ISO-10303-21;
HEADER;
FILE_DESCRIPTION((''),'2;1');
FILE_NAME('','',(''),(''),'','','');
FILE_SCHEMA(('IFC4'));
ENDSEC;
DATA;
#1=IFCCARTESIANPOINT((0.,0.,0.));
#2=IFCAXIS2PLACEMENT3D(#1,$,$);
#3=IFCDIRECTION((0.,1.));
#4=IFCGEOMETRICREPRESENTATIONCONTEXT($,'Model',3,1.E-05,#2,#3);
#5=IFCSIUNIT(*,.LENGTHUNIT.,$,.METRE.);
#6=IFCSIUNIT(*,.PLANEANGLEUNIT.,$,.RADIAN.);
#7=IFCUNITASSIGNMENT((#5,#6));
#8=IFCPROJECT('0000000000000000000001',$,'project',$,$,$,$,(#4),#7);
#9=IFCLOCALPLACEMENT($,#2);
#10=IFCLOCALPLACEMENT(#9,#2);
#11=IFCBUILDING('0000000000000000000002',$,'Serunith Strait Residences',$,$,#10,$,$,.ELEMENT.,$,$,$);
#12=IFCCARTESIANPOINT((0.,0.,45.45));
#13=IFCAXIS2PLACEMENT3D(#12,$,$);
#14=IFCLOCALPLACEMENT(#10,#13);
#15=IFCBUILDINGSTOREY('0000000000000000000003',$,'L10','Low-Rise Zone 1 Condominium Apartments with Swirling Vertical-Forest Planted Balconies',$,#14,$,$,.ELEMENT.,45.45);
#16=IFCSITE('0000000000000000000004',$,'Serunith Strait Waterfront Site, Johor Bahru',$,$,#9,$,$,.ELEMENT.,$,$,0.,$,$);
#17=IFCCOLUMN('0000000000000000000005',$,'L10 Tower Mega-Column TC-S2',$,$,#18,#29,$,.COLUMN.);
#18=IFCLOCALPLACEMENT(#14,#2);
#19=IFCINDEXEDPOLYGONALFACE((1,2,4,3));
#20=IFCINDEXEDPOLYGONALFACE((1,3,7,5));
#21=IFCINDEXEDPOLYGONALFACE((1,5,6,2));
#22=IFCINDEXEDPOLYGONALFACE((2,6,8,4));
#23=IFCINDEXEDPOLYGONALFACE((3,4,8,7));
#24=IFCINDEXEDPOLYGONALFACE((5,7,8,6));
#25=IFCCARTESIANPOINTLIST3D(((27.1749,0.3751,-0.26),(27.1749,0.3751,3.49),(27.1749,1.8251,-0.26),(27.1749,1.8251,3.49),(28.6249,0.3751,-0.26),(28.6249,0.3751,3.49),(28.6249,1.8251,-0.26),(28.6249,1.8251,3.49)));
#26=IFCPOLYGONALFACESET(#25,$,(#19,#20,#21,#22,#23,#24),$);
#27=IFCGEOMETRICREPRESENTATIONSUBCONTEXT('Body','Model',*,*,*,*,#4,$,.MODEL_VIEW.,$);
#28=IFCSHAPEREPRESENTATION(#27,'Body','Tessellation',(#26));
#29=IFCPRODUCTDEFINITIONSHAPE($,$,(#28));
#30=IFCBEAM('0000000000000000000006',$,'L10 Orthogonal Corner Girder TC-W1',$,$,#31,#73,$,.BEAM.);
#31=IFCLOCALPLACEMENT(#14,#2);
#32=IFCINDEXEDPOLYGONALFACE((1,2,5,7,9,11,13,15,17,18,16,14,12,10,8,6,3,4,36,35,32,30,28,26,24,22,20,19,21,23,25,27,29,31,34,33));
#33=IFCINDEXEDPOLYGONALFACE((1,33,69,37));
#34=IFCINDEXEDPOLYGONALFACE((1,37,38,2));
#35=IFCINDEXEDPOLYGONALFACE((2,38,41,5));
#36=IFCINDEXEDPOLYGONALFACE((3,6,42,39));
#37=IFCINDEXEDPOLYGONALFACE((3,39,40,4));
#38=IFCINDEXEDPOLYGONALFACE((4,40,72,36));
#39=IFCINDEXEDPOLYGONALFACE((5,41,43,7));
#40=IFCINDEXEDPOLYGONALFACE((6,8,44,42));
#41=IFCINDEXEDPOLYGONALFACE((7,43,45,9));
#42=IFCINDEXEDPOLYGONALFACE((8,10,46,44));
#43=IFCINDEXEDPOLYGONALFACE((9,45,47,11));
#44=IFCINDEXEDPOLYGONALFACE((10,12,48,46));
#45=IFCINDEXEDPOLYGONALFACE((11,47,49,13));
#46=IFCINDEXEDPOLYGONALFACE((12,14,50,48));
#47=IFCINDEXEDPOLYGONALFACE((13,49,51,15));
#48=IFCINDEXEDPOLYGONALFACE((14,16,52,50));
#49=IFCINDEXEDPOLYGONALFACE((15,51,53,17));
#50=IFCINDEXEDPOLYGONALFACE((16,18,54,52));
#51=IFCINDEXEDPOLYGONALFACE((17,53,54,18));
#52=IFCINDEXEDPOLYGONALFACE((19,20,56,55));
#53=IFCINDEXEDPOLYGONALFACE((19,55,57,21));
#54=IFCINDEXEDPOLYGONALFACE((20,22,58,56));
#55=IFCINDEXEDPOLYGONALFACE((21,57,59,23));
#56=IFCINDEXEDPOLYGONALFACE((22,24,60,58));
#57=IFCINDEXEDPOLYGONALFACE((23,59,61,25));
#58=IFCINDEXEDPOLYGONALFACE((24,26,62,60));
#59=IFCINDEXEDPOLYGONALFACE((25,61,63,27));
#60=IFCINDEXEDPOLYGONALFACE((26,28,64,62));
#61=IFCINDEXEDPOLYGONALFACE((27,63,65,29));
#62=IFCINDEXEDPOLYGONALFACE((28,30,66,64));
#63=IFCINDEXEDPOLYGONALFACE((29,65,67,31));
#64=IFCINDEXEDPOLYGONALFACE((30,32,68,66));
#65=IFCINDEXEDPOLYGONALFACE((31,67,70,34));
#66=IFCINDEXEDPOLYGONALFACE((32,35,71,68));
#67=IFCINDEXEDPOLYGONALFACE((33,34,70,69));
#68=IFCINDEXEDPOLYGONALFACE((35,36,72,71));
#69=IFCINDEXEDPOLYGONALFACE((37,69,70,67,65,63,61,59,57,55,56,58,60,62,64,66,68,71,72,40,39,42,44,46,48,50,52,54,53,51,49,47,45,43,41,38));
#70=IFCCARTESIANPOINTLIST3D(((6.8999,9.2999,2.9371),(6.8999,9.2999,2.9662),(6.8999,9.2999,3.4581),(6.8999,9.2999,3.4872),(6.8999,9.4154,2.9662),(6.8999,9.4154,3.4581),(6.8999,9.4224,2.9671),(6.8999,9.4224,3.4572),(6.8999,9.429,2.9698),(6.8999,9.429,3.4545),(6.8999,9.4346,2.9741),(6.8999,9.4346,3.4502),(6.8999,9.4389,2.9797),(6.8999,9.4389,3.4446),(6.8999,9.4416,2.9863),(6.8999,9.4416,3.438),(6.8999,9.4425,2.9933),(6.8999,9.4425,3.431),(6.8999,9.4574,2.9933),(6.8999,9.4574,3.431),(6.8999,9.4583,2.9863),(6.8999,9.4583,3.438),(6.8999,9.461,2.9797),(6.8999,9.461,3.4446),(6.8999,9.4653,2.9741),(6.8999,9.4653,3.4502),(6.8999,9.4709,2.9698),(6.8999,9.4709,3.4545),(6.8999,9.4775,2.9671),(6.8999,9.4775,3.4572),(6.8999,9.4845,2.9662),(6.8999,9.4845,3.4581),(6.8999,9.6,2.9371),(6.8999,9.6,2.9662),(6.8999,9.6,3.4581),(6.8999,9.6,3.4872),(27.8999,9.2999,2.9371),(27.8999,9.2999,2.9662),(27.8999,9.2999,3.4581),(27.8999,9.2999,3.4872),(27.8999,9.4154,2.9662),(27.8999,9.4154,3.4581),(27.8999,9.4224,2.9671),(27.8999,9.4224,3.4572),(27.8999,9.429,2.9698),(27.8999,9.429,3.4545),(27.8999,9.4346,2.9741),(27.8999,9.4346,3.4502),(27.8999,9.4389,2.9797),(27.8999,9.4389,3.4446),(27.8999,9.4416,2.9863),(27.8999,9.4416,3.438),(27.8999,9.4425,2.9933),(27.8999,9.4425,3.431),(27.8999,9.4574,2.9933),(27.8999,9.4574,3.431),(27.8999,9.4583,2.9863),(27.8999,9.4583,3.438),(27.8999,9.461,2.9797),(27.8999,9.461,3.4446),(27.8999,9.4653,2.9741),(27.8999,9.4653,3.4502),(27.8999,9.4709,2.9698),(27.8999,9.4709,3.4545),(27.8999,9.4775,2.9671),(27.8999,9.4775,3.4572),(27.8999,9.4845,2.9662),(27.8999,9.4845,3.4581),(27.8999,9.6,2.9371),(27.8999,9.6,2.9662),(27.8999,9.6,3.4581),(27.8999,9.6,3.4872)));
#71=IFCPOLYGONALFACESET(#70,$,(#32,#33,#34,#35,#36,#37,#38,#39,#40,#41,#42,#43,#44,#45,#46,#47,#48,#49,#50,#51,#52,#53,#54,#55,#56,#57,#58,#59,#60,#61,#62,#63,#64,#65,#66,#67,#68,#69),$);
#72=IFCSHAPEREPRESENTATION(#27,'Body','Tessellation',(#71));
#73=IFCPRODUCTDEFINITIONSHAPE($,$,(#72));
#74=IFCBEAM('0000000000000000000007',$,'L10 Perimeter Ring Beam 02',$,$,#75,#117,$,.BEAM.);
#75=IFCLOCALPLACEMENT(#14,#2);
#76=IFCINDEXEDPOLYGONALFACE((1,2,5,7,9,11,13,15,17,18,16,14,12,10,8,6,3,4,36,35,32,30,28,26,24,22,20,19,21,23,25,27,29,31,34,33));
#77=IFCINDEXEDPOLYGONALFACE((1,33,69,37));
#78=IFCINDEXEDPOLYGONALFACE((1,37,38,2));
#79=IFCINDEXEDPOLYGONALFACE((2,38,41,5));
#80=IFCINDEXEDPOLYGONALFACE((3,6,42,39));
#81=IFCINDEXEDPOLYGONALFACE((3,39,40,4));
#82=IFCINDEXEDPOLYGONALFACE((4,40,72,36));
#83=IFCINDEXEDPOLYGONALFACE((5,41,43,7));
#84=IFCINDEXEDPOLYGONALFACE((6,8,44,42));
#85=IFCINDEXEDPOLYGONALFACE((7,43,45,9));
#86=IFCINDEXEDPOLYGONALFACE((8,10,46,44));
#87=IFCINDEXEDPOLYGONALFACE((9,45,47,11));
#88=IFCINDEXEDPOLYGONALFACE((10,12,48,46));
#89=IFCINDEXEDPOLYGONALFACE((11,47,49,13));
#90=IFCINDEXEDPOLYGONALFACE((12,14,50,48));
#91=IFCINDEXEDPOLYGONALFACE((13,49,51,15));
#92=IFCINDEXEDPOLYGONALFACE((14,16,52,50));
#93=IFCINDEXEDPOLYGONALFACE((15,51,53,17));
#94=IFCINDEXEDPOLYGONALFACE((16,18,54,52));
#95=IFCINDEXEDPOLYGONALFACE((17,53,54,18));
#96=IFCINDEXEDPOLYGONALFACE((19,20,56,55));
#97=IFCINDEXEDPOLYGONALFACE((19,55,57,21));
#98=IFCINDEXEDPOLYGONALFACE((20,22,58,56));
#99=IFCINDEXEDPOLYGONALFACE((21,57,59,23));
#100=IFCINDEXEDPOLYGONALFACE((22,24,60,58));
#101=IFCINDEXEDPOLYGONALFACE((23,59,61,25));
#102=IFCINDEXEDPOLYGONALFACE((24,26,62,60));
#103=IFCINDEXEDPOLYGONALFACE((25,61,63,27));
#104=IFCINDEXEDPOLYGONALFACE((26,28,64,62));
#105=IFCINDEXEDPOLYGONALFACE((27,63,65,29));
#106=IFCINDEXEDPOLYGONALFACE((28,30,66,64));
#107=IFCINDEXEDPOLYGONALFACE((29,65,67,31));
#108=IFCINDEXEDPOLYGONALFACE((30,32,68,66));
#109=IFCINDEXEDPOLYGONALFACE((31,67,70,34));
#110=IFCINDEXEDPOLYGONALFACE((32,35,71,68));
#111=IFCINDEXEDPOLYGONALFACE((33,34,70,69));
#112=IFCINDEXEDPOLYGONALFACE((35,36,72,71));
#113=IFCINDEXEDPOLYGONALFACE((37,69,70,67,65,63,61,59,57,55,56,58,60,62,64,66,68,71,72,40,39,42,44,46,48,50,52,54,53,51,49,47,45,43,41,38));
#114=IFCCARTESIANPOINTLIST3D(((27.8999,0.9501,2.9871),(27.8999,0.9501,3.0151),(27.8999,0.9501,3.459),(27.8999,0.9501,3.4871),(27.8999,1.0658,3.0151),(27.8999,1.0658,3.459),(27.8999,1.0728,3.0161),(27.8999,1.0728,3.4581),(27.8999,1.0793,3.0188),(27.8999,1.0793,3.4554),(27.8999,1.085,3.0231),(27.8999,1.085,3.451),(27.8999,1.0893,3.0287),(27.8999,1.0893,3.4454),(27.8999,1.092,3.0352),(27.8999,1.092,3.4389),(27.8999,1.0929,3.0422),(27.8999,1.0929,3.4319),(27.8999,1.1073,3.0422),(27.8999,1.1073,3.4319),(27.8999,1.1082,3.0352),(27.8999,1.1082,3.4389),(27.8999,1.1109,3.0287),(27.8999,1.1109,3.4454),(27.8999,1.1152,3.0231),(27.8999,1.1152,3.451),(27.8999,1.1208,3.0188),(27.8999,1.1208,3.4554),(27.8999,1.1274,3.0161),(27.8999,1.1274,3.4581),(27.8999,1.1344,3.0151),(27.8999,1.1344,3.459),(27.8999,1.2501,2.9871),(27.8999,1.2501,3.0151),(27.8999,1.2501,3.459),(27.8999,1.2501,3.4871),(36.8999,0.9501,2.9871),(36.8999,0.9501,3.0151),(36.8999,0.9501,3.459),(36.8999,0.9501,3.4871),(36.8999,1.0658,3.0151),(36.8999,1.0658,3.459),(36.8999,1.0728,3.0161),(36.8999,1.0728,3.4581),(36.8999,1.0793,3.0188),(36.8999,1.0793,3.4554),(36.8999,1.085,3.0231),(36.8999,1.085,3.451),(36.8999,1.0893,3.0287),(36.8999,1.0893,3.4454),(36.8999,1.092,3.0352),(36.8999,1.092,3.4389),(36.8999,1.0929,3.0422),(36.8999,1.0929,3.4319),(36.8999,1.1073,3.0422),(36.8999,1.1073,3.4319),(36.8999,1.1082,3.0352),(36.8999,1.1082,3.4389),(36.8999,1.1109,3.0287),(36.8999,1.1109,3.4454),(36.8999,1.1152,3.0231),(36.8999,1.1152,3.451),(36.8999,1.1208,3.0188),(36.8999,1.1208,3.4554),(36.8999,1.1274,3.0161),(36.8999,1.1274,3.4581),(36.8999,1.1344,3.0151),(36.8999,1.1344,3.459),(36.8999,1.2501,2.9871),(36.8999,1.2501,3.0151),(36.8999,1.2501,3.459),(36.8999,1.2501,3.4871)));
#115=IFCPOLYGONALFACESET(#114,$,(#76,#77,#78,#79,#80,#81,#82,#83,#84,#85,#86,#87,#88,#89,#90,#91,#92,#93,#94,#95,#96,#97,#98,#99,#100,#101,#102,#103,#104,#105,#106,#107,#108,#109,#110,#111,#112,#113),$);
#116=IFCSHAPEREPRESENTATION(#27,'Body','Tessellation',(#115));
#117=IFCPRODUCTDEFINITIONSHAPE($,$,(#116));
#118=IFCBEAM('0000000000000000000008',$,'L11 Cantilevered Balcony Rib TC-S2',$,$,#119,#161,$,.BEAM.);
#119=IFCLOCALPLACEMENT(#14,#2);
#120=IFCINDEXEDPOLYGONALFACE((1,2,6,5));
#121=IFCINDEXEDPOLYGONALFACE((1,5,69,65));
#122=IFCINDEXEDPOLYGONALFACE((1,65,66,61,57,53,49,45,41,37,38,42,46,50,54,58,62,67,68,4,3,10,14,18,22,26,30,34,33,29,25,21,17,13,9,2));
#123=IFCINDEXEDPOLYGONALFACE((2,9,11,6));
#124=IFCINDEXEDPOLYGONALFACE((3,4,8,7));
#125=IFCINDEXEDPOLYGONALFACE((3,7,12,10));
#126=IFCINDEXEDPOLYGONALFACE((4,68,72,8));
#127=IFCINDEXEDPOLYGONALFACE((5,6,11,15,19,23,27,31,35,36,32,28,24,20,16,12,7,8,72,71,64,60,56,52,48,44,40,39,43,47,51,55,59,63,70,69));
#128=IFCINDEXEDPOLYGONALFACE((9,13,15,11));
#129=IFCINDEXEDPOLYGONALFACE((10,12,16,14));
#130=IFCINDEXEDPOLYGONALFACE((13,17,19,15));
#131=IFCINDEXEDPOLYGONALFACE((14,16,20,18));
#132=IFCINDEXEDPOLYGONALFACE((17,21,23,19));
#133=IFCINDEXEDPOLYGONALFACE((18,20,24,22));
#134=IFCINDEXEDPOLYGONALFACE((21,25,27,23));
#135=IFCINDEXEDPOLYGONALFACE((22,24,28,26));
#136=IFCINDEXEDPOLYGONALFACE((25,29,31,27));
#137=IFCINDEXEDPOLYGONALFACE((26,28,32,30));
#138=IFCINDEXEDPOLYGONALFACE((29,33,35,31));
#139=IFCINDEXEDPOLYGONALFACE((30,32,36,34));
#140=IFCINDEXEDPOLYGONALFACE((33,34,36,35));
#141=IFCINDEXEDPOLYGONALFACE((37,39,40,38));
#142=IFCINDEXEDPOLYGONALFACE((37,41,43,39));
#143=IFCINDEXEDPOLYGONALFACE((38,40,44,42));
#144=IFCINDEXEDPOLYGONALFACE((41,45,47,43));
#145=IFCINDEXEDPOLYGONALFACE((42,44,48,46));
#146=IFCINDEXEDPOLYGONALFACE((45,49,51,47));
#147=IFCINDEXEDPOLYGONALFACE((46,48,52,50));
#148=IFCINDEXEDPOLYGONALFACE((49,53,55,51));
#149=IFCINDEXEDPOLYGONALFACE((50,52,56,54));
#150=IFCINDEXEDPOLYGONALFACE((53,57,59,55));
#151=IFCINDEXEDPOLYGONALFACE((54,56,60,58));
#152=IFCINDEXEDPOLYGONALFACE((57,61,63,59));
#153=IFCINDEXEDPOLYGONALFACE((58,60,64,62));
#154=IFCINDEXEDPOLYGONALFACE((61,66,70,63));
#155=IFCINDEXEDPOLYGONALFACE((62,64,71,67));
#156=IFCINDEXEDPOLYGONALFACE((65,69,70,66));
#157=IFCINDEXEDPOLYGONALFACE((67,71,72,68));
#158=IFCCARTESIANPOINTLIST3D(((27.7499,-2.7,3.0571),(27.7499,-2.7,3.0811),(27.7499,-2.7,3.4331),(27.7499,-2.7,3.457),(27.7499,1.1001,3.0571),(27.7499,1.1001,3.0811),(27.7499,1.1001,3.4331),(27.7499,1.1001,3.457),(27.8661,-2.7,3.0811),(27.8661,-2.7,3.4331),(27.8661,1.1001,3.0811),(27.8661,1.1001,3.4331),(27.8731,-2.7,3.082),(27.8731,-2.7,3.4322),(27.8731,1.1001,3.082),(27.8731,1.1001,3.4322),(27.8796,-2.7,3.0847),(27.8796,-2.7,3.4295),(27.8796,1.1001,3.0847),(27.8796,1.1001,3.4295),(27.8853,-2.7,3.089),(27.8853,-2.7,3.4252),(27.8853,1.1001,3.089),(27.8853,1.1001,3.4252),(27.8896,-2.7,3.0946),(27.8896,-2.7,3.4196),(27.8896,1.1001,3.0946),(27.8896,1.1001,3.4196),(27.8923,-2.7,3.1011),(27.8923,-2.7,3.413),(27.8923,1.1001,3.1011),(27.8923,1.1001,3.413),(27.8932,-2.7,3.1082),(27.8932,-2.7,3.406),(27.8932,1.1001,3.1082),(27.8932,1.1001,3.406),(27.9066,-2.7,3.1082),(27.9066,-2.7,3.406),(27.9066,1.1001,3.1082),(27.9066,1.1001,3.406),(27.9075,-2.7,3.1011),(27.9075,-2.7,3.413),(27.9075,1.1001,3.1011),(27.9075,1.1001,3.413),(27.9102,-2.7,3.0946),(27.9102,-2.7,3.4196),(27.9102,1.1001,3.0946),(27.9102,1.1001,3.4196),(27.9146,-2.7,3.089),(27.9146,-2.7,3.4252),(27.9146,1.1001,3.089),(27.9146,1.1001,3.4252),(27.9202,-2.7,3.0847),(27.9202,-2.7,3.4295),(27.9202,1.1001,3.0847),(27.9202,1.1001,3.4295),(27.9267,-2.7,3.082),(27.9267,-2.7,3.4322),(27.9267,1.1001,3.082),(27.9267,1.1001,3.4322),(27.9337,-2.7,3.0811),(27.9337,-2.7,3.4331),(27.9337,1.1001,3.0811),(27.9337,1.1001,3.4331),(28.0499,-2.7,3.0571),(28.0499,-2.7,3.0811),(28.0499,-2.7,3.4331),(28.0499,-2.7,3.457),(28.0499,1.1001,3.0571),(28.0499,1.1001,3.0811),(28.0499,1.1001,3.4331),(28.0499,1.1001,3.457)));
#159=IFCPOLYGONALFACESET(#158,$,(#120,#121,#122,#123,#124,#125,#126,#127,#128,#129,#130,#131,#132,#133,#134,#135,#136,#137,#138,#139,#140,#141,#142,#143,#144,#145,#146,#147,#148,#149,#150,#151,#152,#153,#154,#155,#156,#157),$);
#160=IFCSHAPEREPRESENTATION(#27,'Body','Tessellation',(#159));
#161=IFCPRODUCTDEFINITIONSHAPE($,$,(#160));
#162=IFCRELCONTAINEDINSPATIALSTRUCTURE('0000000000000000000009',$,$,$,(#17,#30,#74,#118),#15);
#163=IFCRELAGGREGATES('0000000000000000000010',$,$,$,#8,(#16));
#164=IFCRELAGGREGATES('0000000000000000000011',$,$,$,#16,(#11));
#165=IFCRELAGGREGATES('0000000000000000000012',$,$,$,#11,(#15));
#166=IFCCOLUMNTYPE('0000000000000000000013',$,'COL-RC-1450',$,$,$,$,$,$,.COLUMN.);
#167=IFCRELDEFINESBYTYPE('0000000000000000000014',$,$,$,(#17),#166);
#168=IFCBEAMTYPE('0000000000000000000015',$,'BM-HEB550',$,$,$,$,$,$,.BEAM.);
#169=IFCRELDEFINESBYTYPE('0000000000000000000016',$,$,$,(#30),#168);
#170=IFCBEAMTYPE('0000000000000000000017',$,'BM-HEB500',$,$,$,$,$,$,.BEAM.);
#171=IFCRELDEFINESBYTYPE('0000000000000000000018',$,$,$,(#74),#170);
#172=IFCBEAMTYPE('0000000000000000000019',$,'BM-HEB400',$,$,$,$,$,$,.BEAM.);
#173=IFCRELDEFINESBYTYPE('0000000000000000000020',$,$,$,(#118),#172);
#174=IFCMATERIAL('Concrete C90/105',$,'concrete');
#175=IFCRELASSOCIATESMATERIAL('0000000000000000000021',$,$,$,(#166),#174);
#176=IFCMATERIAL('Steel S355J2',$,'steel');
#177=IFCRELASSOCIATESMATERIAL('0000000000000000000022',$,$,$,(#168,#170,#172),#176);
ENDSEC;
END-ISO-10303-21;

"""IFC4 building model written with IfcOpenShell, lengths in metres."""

from ifc_helpers import new_model, si_unit, direction, frame, origin, origin_2d, place, context, subcontext, project, spatial, rectangle, i_section, extrude, source, transform, mapped, material, material_profile, profile_set, type_object, element, save


model = new_model("IFC4")

# Units and contexts
model_context = context("Model", 3, precision=1e-05, world=origin(), true_north=direction((0.0, 1.0)))
body_context = subcontext(model_context, "Body", "Model", "MODEL_VIEW")
ifc_project = project(units=[si_unit("LENGTHUNIT", "METRE"), si_unit("PLANEANGLEUNIT", "RADIAN")], contexts=[model_context])

# Site, building, storey
site_placement = place(None, origin())
site = spatial("IfcSite", under=ifc_project, at=site_placement, Name="Serunith Strait Waterfront Site, Johor Bahru", CompositionType="ELEMENT", RefElevation=0.0)
building_placement = place(site_placement, origin())
building = spatial("IfcBuilding", under=site, at=building_placement, Name="Serunith Strait Residences", CompositionType="ELEMENT")
storey_placement = place(building_placement, frame((0.0, 0.0, 45.45)))
storey = spatial("IfcBuildingStorey", under=building, at=storey_placement, Name="L10", Description="Low-Rise Zone 1 Condominium Apartments with Swirling Vertical-Forest Planted Balconies", CompositionType="ELEMENT", Elevation=45.45)

# Column
ifc_material_1 = material(Name="Concrete C90/105", Category="concrete")
ifc_material_profile_1 = material_profile(ifc_material_1, rectangle(XDim=1.45, YDim=1.45, at=origin_2d()), Name="RC 1450x1450")
ifc_profile_set_1 = profile_set([ifc_material_profile_1], Name="Concrete C90/105")
column_type = type_object("IfcColumnType", Name="COL-RC-1450", PredefinedType="COLUMN", material=ifc_profile_set_1)
shared_shape_1 = source(origin(), body_context, "Body", "SweptSolid", [
    extrude(rectangle(XDim=1.45, YDim=1.45, at=origin_2d()), origin(), (0.0, 0.0, 1.0), 3.75),
])
column_placement = place(storey_placement, frame((27.8999, 1.1001, -0.26), z_axis=(0.0, 0.0, 1.0), x_axis=(1.0, 0.0, 0.0)))
element("IfcColumn", 1, at=column_placement, inside=storey, type_object=column_type, Name="L10 Tower Mega-Column TC-S2", PredefinedType="COLUMN", context=body_context, shape_type="MappedRepresentation", body=[
    mapped(shared_shape_1, transform((0.0, 0.0, 0.0), scale=1.0)),
])

# Beams
ifc_material_2 = material(Name="Steel S355J2", Category="steel")
ifc_material_profile_2 = material_profile(ifc_material_2, i_section(OverallWidth=0.3, OverallDepth=0.55, WebThickness=0.0149, FlangeThickness=0.0291, FilletRadius=0.0271, at=origin_2d()), Name="HEB 550")
ifc_profile_set_2 = profile_set([ifc_material_profile_2], Name="Steel S355J2")
beam_type_1 = type_object("IfcBeamType", Name="BM-HEB550", PredefinedType="BEAM", material=ifc_profile_set_2)
shared_shape_2 = source(origin(), body_context, "Body", "SweptSolid", [
    extrude(i_section(OverallWidth=0.3, OverallDepth=0.55, WebThickness=0.0149, FlangeThickness=0.0291, FilletRadius=0.0271, at=origin_2d()), origin(), (0.0, 0.0, 1.0), 21.0),
])
beam_1_placement = place(storey_placement, frame((27.8999, 9.45, 3.2122), z_axis=(-1.0, 0.0, 0.0), x_axis=(0.0, -1.0, 0.0)))
element("IfcBeam", 2, at=beam_1_placement, inside=storey, type_object=beam_type_1, Name="L10 Orthogonal Corner Girder TC-W1", PredefinedType="BEAM", context=body_context, shape_type="MappedRepresentation", body=[
    mapped(shared_shape_2, transform((0.0, 0.0, 0.0), scale=1.0)),
])
ifc_material_profile_3 = material_profile(ifc_material_2, i_section(OverallWidth=0.3, OverallDepth=0.5, WebThickness=0.0144, FlangeThickness=0.0281, FilletRadius=0.0271, at=origin_2d()), Name="HEB 500")
ifc_profile_set_3 = profile_set([ifc_material_profile_3], Name="Steel S355J2")
beam_type_2 = type_object("IfcBeamType", Name="BM-HEB500", PredefinedType="BEAM", material=ifc_profile_set_3)
shared_shape_3 = source(origin(), body_context, "Body", "SweptSolid", [
    extrude(i_section(OverallWidth=0.3, OverallDepth=0.5, WebThickness=0.0144, FlangeThickness=0.0281, FilletRadius=0.0271, at=origin_2d()), origin(), (0.0, 0.0, 1.0), 9.0),
])
beam_2_placement = place(storey_placement, frame((27.8999, 1.1001, 3.2371), z_axis=(1.0, 0.0, 0.0), x_axis=(0.0, 1.0, 0.0)))
element("IfcBeam", 3, at=beam_2_placement, inside=storey, type_object=beam_type_2, Name="L10 Perimeter Ring Beam 02", PredefinedType="BEAM", context=body_context, shape_type="MappedRepresentation", body=[
    mapped(shared_shape_3, transform((0.0, 0.0, 0.0), scale=1.0)),
])
ifc_material_profile_4 = material_profile(ifc_material_2, i_section(OverallWidth=0.3, OverallDepth=0.3999, WebThickness=0.0134, FlangeThickness=0.0239, FilletRadius=0.0271, at=origin_2d()), Name="HEB 400")
ifc_profile_set_4 = profile_set([ifc_material_profile_4], Name="Steel S355J2")
beam_type_3 = type_object("IfcBeamType", Name="BM-HEB400", PredefinedType="BEAM", material=ifc_profile_set_4)
shared_shape_4 = source(origin(), body_context, "Body", "SweptSolid", [
    extrude(i_section(OverallWidth=0.3, OverallDepth=0.3999, WebThickness=0.0134, FlangeThickness=0.0239, FilletRadius=0.0271, at=origin_2d()), origin(), (0.0, 0.0, 1.0), 3.8),
])
beam_3_placement = place(storey_placement, frame((27.8999, 1.1001, 3.2571), z_axis=(0.0, -1.0, 0.0), x_axis=(1.0, 0.0, 0.0)))
element("IfcBeam", 4, at=beam_3_placement, inside=storey, type_object=beam_type_3, Name="L11 Cantilevered Balcony Rib TC-S2", PredefinedType="BEAM", context=body_context, shape_type="MappedRepresentation", body=[
    mapped(shared_shape_4, transform((0.0, 0.0, 0.0), scale=1.0)),
])

save(model, "model.ifc")
